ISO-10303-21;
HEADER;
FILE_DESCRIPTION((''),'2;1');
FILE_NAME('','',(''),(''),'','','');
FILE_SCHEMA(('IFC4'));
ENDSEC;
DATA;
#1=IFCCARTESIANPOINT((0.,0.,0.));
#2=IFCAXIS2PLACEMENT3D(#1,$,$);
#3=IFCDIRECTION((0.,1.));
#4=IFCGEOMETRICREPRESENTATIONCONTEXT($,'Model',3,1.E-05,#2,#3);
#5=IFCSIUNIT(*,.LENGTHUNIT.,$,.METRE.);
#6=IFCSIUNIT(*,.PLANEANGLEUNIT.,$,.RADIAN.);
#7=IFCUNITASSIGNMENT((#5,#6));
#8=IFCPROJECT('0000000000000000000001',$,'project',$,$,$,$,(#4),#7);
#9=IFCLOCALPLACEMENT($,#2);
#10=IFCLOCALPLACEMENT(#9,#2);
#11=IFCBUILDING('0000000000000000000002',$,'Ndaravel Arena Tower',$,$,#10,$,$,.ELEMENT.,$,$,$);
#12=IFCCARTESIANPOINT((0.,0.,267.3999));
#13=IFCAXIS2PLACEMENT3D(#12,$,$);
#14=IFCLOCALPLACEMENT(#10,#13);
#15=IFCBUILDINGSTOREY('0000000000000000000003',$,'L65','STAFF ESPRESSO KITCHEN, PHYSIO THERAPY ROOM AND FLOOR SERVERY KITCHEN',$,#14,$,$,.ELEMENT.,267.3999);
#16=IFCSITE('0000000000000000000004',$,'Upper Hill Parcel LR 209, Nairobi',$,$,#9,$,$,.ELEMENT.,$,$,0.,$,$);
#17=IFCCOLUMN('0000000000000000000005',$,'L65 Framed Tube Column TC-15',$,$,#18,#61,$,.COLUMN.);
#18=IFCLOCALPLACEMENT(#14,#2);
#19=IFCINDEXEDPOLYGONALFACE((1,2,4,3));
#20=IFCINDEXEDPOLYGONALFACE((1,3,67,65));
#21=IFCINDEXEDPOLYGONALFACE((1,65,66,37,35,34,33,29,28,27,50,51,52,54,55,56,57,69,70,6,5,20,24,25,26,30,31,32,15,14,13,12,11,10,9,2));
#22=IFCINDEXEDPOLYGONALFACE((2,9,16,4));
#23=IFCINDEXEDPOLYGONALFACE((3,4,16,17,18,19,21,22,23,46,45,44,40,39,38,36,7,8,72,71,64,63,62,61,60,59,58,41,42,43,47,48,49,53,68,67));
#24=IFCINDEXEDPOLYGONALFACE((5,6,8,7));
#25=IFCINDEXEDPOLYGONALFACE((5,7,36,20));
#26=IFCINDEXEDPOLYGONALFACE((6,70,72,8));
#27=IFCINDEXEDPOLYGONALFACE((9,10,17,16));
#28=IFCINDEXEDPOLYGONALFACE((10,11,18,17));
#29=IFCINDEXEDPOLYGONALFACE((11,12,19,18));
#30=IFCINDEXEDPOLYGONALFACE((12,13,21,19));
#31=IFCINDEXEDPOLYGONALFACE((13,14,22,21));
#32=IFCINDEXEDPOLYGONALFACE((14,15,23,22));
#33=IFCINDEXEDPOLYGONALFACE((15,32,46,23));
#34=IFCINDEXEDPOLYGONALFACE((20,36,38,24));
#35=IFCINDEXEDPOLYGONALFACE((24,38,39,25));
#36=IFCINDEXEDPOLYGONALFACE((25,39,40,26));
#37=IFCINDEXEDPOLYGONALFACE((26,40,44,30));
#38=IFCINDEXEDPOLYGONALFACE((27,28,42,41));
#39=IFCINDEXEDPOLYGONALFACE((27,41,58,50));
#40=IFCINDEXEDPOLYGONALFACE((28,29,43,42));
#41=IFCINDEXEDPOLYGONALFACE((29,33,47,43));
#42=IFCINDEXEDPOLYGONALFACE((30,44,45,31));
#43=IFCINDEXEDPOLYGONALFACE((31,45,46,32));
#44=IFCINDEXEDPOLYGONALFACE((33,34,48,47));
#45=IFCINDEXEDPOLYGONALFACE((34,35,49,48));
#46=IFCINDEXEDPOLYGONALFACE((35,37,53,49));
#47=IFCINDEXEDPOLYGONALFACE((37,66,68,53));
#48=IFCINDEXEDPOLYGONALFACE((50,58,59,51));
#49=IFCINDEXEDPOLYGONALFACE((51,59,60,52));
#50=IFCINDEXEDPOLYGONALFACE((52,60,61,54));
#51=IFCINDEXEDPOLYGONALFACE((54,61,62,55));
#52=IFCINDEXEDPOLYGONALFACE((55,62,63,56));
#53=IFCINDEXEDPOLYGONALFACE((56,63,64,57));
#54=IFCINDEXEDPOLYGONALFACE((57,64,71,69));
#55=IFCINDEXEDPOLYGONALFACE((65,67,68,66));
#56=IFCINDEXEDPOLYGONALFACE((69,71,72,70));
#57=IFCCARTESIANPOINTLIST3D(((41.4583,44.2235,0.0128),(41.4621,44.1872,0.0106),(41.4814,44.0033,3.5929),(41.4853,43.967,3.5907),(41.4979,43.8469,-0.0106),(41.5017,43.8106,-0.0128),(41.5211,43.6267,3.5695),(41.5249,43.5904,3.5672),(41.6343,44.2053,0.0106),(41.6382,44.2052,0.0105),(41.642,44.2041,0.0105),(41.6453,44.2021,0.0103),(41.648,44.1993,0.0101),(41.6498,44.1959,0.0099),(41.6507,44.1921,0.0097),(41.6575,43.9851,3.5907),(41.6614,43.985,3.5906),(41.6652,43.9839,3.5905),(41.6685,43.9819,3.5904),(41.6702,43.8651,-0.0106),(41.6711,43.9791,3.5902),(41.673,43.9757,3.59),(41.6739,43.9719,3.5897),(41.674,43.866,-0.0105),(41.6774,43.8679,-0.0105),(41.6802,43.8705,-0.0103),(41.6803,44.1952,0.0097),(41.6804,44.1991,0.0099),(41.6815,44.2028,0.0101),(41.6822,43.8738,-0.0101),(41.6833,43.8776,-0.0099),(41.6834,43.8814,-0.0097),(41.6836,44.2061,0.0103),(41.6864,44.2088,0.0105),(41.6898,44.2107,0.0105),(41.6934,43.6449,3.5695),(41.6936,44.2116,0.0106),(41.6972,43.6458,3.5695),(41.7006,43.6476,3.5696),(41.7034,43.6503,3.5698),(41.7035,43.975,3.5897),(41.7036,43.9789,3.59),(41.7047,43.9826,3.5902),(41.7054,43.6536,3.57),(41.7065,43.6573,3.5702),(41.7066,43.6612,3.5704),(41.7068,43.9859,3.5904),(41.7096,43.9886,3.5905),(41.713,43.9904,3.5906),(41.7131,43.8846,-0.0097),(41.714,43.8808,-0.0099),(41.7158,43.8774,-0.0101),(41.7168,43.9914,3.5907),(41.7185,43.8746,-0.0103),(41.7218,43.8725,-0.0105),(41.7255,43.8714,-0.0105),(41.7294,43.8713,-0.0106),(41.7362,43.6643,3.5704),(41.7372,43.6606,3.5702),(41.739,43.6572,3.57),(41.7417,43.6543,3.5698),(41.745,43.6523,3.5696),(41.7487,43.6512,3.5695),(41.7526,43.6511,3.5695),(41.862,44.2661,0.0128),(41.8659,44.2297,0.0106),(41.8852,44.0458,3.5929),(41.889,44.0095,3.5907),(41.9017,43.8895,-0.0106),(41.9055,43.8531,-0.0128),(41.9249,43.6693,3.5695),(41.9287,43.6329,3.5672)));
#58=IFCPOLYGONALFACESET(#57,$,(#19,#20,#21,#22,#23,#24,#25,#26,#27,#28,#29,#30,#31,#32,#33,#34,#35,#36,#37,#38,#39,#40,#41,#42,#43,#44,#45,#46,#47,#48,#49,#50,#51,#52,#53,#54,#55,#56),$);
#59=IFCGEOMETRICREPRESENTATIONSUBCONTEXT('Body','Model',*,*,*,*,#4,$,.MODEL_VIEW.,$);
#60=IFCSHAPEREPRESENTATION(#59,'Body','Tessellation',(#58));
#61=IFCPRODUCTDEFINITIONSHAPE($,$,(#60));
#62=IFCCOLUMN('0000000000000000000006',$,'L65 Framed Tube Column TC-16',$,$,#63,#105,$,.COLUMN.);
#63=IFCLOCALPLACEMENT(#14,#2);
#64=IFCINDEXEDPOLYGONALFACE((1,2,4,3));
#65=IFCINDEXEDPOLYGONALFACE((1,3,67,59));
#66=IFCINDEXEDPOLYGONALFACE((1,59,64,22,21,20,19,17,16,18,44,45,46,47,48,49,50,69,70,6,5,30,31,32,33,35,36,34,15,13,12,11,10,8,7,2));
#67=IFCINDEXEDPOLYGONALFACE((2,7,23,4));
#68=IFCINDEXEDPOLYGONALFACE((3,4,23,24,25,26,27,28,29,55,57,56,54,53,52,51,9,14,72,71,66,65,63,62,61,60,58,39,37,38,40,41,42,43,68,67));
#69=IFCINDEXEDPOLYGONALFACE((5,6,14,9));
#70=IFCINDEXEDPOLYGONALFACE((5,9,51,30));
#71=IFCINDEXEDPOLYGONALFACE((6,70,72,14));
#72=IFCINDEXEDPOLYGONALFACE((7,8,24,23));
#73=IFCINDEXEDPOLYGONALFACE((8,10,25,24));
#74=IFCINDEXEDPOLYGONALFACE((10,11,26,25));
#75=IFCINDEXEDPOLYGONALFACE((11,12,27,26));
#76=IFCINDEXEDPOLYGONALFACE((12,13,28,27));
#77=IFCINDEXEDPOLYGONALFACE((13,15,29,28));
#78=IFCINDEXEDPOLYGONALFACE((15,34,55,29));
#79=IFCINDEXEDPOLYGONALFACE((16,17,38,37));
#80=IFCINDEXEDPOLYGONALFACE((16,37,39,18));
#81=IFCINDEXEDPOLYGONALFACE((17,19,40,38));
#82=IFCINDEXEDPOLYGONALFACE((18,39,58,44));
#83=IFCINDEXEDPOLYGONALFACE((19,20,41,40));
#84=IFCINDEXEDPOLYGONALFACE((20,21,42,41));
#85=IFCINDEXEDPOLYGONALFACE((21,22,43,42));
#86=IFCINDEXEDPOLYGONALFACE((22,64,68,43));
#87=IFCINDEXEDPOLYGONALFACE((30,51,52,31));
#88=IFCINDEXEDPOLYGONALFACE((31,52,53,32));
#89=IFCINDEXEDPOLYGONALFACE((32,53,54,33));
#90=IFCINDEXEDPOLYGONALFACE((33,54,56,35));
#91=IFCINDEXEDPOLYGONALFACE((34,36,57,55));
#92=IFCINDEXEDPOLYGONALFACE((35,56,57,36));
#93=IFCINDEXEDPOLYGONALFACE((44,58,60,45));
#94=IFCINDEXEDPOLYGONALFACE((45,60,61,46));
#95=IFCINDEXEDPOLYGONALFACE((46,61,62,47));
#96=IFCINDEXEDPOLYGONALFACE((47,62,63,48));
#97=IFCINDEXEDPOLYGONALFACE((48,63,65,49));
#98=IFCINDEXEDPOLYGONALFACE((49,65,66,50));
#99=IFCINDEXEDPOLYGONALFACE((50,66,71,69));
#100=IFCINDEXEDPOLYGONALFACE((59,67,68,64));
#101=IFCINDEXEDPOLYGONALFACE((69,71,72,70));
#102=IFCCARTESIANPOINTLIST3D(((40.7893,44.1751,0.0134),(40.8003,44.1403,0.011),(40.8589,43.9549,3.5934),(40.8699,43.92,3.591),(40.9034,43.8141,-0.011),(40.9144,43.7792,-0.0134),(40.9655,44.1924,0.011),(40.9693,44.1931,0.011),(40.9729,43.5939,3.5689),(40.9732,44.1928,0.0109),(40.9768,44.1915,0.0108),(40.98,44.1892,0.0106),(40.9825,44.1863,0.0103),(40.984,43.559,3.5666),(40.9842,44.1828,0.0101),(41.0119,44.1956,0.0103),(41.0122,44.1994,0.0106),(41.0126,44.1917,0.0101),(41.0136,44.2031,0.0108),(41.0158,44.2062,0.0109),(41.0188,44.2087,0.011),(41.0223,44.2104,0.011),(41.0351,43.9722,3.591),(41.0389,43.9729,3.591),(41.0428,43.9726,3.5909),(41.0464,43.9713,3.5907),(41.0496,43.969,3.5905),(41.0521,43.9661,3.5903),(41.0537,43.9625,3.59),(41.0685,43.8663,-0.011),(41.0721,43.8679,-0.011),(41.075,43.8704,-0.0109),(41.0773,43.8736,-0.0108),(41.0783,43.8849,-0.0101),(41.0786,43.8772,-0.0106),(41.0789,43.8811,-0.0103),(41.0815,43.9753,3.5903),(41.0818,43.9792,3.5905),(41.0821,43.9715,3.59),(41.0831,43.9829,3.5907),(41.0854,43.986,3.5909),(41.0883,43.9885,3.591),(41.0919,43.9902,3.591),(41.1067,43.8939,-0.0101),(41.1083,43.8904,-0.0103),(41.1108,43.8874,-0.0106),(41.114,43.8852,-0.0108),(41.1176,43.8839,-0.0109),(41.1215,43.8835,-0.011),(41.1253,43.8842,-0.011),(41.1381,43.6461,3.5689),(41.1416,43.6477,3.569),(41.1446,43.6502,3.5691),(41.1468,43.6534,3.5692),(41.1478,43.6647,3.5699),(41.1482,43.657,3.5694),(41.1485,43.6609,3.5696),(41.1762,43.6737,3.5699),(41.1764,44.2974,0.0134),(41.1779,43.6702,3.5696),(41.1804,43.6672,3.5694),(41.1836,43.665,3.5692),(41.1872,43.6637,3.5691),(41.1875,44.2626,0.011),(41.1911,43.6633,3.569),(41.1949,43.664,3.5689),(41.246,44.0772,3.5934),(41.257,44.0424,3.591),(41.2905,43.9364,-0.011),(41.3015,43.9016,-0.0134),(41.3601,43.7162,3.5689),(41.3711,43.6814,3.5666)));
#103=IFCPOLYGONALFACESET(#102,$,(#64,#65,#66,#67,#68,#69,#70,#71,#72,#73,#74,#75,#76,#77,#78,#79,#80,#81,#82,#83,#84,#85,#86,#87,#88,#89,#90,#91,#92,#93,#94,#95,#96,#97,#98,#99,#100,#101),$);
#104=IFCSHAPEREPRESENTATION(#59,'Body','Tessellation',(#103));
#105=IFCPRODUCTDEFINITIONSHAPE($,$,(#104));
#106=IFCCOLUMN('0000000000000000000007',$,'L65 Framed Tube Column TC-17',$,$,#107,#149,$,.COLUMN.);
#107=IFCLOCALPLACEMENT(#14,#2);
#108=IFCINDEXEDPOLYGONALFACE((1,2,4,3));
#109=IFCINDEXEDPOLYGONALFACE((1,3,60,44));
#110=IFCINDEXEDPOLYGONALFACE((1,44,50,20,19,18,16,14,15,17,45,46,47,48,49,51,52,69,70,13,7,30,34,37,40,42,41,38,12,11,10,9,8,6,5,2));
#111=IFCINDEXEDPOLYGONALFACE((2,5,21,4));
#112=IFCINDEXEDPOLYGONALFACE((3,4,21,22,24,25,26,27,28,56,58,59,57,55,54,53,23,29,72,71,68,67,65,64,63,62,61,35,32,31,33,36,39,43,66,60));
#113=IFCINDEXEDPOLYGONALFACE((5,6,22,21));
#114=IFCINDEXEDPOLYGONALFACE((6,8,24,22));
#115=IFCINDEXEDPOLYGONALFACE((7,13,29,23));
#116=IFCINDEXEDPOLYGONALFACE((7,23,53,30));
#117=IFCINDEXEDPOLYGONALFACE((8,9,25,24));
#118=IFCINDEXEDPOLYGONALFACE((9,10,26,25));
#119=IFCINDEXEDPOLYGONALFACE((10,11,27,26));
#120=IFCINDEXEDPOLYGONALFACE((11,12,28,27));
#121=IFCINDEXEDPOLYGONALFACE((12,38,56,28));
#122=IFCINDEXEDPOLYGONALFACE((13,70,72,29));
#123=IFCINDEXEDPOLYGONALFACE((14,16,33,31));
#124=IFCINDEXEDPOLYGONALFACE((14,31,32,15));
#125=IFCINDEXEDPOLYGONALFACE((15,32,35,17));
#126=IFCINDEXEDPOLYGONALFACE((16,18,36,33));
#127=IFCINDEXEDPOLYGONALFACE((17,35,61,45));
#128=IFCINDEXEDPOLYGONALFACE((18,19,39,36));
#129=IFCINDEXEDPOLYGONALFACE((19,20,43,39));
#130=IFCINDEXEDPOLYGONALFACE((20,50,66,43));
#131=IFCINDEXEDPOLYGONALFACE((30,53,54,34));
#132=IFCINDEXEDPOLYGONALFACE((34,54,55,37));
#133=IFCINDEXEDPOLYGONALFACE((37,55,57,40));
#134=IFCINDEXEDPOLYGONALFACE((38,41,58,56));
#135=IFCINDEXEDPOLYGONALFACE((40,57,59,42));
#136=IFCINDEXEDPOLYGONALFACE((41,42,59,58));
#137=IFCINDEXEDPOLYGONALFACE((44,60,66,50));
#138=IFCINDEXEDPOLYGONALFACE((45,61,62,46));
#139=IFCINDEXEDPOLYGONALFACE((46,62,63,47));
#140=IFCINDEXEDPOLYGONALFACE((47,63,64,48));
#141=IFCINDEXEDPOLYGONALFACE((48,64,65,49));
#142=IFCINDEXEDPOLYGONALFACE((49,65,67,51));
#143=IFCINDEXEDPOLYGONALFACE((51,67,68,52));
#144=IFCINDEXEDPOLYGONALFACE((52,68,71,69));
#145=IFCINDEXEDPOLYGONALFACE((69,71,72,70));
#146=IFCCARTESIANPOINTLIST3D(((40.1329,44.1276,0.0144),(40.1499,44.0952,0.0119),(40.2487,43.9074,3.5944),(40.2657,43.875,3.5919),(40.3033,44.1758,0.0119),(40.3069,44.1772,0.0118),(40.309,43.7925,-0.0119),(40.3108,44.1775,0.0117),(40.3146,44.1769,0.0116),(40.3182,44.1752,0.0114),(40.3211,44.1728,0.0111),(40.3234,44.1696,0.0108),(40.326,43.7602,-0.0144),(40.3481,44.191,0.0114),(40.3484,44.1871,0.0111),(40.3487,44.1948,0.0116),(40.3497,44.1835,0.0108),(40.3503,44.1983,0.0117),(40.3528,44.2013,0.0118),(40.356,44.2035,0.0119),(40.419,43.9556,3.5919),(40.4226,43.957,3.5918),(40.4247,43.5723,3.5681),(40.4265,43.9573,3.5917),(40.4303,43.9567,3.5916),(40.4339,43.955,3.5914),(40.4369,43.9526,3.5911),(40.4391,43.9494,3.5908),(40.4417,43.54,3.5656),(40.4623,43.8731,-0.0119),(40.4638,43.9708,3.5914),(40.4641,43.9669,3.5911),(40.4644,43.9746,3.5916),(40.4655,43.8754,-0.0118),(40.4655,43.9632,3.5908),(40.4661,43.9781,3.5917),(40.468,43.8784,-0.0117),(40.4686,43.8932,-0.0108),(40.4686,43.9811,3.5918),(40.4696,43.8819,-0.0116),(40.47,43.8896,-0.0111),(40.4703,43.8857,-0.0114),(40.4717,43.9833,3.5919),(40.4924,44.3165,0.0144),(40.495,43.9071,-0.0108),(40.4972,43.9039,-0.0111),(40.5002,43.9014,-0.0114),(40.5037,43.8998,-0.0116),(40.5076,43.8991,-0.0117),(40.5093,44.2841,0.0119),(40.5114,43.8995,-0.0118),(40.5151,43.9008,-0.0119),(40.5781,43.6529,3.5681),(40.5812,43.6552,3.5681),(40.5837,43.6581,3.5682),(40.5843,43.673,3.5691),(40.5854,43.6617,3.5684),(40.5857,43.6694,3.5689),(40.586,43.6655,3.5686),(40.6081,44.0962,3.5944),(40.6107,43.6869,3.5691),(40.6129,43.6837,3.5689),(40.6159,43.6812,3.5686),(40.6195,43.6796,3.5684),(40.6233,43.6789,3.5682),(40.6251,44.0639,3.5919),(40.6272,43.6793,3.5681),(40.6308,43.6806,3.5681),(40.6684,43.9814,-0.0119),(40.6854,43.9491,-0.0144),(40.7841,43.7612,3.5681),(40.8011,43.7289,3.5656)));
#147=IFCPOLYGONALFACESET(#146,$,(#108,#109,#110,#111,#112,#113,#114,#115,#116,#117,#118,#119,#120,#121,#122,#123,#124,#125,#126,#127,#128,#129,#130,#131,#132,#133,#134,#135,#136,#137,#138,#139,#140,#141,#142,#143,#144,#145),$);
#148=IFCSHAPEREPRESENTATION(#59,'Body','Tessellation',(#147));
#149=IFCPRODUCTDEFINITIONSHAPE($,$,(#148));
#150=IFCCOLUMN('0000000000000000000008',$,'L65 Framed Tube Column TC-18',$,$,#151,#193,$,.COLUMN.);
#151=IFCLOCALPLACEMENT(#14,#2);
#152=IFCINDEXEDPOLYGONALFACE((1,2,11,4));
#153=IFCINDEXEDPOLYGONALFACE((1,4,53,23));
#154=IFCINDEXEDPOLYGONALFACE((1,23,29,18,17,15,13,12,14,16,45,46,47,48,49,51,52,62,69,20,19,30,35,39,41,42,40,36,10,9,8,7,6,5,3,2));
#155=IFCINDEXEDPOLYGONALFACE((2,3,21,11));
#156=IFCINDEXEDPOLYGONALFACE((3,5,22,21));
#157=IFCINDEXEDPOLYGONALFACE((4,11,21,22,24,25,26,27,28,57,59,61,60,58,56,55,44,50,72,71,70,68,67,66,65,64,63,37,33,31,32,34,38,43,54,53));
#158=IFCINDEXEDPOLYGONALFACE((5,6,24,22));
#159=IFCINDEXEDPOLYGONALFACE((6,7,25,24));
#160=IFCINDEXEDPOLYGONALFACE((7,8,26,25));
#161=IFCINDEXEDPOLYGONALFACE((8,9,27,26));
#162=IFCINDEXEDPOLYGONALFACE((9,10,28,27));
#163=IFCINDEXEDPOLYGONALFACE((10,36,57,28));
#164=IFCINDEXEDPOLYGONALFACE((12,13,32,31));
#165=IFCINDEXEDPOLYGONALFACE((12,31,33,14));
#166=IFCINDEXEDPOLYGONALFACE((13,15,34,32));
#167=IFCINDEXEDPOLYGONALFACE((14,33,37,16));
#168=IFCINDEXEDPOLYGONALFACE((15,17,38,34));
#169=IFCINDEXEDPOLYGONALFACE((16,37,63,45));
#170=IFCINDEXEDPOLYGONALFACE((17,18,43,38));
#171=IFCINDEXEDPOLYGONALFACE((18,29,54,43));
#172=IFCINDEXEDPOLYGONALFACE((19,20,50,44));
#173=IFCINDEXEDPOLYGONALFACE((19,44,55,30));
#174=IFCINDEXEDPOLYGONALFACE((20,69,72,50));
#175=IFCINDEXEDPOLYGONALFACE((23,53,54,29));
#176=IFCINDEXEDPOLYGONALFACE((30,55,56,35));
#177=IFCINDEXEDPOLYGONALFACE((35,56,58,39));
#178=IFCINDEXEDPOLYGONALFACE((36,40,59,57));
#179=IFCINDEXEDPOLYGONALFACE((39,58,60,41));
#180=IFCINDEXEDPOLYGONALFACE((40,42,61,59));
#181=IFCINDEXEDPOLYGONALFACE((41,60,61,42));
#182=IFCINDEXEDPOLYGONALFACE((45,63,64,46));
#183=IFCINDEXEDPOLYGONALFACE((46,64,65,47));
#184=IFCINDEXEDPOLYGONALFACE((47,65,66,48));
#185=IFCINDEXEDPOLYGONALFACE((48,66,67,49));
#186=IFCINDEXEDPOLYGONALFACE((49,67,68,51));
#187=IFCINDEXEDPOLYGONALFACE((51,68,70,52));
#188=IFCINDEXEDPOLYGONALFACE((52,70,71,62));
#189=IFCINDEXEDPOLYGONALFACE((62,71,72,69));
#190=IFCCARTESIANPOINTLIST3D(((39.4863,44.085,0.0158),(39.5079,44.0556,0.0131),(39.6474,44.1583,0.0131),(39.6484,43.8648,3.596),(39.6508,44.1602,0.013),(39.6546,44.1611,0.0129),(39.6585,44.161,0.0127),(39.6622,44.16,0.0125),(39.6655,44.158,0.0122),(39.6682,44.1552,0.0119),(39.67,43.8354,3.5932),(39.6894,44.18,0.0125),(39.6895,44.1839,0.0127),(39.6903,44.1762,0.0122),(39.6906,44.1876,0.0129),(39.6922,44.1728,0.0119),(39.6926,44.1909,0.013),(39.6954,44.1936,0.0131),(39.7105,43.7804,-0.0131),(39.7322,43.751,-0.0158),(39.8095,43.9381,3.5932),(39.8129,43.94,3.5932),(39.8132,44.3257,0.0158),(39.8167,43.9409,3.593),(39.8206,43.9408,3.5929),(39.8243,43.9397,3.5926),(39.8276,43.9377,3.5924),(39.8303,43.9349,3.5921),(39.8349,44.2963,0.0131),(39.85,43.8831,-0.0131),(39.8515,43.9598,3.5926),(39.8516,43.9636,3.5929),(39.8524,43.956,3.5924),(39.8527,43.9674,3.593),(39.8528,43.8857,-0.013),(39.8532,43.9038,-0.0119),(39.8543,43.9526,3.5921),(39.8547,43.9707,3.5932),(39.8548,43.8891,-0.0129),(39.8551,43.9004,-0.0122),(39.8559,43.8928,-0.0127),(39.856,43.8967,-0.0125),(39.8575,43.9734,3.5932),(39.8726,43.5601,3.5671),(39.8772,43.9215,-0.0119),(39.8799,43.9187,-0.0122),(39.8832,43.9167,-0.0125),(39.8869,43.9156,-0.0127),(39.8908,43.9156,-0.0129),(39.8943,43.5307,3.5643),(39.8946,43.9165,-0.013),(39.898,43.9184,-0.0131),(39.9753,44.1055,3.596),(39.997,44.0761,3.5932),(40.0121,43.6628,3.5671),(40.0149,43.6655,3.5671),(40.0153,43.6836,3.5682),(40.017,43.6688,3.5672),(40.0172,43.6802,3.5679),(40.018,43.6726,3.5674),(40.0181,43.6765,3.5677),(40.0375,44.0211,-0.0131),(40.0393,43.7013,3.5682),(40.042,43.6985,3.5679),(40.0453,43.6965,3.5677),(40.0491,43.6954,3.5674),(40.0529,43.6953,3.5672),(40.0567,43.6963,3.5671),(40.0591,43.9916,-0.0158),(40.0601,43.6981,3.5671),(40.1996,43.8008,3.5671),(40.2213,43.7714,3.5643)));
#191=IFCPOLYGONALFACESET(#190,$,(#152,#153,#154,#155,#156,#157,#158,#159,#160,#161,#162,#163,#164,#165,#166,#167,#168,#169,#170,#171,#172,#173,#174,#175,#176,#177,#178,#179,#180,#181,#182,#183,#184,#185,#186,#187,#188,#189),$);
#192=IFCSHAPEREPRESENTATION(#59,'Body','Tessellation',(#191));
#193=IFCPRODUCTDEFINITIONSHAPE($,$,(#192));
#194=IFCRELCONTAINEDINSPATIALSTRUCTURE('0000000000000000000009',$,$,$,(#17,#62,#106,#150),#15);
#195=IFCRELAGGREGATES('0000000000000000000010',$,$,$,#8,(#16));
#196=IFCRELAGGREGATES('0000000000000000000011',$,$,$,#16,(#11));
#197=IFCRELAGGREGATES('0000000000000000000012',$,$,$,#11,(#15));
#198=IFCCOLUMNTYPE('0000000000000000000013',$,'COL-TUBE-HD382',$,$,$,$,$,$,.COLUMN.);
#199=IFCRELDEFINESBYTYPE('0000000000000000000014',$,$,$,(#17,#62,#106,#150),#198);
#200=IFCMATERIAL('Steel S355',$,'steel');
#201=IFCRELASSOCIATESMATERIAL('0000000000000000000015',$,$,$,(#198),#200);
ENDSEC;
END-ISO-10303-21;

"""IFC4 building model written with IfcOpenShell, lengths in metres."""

from ifc_helpers import new_model, si_unit, direction, frame, origin, origin_2d, place, context, subcontext, project, spatial, i_section, extrude, material, material_profile, profile_set, type_object, element, save


model = new_model("IFC4")

# Units and contexts
model_context = context("Model", 3, precision=1e-05, world=origin(), true_north=direction((0.0, 1.0)))
body_context = subcontext(model_context, "Body", "Model", "MODEL_VIEW")
ifc_project = project(units=[si_unit("LENGTHUNIT", "METRE"), si_unit("PLANEANGLEUNIT", "RADIAN")], contexts=[model_context])

# Site, building, storey
site_placement = place(None, origin())
site = spatial("IfcSite", under=ifc_project, at=site_placement, Name="Upper Hill Parcel LR 209, Nairobi", CompositionType="ELEMENT", RefElevation=0.0)
building_placement = place(site_placement, origin())
building = spatial("IfcBuilding", under=site, at=building_placement, Name="Ndaravel Arena Tower", CompositionType="ELEMENT")
storey_placement = place(building_placement, frame((0.0, 0.0, 267.3999)))
storey = spatial("IfcBuildingStorey", under=building, at=storey_placement, Name="L65", Description="STAFF ESPRESSO KITCHEN, PHYSIO THERAPY ROOM AND FLOOR SERVERY KITCHEN", CompositionType="ELEMENT", Elevation=267.3999)

# Columns
ifc_material_1 = material(Name="Steel S355", Category="steel")
ifc_material_profile_1 = material_profile(ifc_material_1, i_section(OverallWidth=0.406, OverallDepth=0.416, WebThickness=0.0298, FlangeThickness=0.0366, FilletRadius=0.0149, at=origin_2d()), Name="HD 400x382")
ifc_profile_set_1 = profile_set([ifc_material_profile_1], Name="Steel S355")
column_type = type_object("IfcColumnType", Name="COL-TUBE-HD382", PredefinedType="COLUMN", material=ifc_profile_set_1)
column_1_placement = place(storey_placement, frame((41.6819, 44.0383, 0.0), z_axis=(0.006466, -0.061394, 0.998093), x_axis=(0.994499, 0.104742, 0.0)))
element("IfcColumn", 1, at=column_1_placement, inside=storey, type_object=column_type, Name="L65 Framed Tube Column TC-15", PredefinedType="COLUMN", context=body_context, shape_type="SweptSolid", body=[
    extrude(i_section(OverallWidth=0.406, OverallDepth=0.416, WebThickness=0.0298, FlangeThickness=0.0366, FilletRadius=0.0149, at=origin_2d()), origin(), (0.0, 0.0, 1.0), 3.5869),
])
column_2_placement = place(storey_placement, frame((41.0454, 44.0383, 0.0), z_axis=(0.019395, -0.061384, 0.997926), x_axis=(0.953535, 0.301283, 0.0)))
element("IfcColumn", 2, at=column_2_placement, inside=storey, type_object=column_type, Name="L65 Framed Tube Column TC-16", PredefinedType="COLUMN", context=body_context, shape_type="SweptSolid", body=[
    extrude(i_section(OverallWidth=0.406, OverallDepth=0.416, WebThickness=0.0298, FlangeThickness=0.0366, FilletRadius=0.0149, at=origin_2d()), origin(), (0.0, 0.0, 1.0), 3.5874),
])
column_3_placement = place(storey_placement, frame((40.4092, 44.0383, 0.0), z_axis=(0.032246, -0.061363, 0.997594), x_axis=(0.885216, 0.46518, 0.0)))
element("IfcColumn", 3, at=column_3_placement, inside=storey, type_object=column_type, Name="L65 Framed Tube Column TC-17", PredefinedType="COLUMN", context=body_context, shape_type="SweptSolid", body=[
    extrude(i_section(OverallWidth=0.406, OverallDepth=0.416, WebThickness=0.0298, FlangeThickness=0.0366, FilletRadius=0.0149, at=origin_2d()), origin(), (0.0, 0.0, 1.0), 3.5886),
])
column_4_placement = place(storey_placement, frame((39.7727, 44.0383, 0.0), z_axis=(0.045149, -0.061333, 0.997096), x_axis=(0.805325, 0.592834, 0.0)))
element("IfcColumn", 4, at=column_4_placement, inside=storey, type_object=column_type, Name="L65 Framed Tube Column TC-18", PredefinedType="COLUMN", context=body_context, shape_type="SweptSolid", body=[
    extrude(i_section(OverallWidth=0.406, OverallDepth=0.416, WebThickness=0.0298, FlangeThickness=0.0366, FilletRadius=0.0149, at=origin_2d()), origin(), (0.0, 0.0, 1.0), 3.5906),
])

save(model, "model.ifc")
